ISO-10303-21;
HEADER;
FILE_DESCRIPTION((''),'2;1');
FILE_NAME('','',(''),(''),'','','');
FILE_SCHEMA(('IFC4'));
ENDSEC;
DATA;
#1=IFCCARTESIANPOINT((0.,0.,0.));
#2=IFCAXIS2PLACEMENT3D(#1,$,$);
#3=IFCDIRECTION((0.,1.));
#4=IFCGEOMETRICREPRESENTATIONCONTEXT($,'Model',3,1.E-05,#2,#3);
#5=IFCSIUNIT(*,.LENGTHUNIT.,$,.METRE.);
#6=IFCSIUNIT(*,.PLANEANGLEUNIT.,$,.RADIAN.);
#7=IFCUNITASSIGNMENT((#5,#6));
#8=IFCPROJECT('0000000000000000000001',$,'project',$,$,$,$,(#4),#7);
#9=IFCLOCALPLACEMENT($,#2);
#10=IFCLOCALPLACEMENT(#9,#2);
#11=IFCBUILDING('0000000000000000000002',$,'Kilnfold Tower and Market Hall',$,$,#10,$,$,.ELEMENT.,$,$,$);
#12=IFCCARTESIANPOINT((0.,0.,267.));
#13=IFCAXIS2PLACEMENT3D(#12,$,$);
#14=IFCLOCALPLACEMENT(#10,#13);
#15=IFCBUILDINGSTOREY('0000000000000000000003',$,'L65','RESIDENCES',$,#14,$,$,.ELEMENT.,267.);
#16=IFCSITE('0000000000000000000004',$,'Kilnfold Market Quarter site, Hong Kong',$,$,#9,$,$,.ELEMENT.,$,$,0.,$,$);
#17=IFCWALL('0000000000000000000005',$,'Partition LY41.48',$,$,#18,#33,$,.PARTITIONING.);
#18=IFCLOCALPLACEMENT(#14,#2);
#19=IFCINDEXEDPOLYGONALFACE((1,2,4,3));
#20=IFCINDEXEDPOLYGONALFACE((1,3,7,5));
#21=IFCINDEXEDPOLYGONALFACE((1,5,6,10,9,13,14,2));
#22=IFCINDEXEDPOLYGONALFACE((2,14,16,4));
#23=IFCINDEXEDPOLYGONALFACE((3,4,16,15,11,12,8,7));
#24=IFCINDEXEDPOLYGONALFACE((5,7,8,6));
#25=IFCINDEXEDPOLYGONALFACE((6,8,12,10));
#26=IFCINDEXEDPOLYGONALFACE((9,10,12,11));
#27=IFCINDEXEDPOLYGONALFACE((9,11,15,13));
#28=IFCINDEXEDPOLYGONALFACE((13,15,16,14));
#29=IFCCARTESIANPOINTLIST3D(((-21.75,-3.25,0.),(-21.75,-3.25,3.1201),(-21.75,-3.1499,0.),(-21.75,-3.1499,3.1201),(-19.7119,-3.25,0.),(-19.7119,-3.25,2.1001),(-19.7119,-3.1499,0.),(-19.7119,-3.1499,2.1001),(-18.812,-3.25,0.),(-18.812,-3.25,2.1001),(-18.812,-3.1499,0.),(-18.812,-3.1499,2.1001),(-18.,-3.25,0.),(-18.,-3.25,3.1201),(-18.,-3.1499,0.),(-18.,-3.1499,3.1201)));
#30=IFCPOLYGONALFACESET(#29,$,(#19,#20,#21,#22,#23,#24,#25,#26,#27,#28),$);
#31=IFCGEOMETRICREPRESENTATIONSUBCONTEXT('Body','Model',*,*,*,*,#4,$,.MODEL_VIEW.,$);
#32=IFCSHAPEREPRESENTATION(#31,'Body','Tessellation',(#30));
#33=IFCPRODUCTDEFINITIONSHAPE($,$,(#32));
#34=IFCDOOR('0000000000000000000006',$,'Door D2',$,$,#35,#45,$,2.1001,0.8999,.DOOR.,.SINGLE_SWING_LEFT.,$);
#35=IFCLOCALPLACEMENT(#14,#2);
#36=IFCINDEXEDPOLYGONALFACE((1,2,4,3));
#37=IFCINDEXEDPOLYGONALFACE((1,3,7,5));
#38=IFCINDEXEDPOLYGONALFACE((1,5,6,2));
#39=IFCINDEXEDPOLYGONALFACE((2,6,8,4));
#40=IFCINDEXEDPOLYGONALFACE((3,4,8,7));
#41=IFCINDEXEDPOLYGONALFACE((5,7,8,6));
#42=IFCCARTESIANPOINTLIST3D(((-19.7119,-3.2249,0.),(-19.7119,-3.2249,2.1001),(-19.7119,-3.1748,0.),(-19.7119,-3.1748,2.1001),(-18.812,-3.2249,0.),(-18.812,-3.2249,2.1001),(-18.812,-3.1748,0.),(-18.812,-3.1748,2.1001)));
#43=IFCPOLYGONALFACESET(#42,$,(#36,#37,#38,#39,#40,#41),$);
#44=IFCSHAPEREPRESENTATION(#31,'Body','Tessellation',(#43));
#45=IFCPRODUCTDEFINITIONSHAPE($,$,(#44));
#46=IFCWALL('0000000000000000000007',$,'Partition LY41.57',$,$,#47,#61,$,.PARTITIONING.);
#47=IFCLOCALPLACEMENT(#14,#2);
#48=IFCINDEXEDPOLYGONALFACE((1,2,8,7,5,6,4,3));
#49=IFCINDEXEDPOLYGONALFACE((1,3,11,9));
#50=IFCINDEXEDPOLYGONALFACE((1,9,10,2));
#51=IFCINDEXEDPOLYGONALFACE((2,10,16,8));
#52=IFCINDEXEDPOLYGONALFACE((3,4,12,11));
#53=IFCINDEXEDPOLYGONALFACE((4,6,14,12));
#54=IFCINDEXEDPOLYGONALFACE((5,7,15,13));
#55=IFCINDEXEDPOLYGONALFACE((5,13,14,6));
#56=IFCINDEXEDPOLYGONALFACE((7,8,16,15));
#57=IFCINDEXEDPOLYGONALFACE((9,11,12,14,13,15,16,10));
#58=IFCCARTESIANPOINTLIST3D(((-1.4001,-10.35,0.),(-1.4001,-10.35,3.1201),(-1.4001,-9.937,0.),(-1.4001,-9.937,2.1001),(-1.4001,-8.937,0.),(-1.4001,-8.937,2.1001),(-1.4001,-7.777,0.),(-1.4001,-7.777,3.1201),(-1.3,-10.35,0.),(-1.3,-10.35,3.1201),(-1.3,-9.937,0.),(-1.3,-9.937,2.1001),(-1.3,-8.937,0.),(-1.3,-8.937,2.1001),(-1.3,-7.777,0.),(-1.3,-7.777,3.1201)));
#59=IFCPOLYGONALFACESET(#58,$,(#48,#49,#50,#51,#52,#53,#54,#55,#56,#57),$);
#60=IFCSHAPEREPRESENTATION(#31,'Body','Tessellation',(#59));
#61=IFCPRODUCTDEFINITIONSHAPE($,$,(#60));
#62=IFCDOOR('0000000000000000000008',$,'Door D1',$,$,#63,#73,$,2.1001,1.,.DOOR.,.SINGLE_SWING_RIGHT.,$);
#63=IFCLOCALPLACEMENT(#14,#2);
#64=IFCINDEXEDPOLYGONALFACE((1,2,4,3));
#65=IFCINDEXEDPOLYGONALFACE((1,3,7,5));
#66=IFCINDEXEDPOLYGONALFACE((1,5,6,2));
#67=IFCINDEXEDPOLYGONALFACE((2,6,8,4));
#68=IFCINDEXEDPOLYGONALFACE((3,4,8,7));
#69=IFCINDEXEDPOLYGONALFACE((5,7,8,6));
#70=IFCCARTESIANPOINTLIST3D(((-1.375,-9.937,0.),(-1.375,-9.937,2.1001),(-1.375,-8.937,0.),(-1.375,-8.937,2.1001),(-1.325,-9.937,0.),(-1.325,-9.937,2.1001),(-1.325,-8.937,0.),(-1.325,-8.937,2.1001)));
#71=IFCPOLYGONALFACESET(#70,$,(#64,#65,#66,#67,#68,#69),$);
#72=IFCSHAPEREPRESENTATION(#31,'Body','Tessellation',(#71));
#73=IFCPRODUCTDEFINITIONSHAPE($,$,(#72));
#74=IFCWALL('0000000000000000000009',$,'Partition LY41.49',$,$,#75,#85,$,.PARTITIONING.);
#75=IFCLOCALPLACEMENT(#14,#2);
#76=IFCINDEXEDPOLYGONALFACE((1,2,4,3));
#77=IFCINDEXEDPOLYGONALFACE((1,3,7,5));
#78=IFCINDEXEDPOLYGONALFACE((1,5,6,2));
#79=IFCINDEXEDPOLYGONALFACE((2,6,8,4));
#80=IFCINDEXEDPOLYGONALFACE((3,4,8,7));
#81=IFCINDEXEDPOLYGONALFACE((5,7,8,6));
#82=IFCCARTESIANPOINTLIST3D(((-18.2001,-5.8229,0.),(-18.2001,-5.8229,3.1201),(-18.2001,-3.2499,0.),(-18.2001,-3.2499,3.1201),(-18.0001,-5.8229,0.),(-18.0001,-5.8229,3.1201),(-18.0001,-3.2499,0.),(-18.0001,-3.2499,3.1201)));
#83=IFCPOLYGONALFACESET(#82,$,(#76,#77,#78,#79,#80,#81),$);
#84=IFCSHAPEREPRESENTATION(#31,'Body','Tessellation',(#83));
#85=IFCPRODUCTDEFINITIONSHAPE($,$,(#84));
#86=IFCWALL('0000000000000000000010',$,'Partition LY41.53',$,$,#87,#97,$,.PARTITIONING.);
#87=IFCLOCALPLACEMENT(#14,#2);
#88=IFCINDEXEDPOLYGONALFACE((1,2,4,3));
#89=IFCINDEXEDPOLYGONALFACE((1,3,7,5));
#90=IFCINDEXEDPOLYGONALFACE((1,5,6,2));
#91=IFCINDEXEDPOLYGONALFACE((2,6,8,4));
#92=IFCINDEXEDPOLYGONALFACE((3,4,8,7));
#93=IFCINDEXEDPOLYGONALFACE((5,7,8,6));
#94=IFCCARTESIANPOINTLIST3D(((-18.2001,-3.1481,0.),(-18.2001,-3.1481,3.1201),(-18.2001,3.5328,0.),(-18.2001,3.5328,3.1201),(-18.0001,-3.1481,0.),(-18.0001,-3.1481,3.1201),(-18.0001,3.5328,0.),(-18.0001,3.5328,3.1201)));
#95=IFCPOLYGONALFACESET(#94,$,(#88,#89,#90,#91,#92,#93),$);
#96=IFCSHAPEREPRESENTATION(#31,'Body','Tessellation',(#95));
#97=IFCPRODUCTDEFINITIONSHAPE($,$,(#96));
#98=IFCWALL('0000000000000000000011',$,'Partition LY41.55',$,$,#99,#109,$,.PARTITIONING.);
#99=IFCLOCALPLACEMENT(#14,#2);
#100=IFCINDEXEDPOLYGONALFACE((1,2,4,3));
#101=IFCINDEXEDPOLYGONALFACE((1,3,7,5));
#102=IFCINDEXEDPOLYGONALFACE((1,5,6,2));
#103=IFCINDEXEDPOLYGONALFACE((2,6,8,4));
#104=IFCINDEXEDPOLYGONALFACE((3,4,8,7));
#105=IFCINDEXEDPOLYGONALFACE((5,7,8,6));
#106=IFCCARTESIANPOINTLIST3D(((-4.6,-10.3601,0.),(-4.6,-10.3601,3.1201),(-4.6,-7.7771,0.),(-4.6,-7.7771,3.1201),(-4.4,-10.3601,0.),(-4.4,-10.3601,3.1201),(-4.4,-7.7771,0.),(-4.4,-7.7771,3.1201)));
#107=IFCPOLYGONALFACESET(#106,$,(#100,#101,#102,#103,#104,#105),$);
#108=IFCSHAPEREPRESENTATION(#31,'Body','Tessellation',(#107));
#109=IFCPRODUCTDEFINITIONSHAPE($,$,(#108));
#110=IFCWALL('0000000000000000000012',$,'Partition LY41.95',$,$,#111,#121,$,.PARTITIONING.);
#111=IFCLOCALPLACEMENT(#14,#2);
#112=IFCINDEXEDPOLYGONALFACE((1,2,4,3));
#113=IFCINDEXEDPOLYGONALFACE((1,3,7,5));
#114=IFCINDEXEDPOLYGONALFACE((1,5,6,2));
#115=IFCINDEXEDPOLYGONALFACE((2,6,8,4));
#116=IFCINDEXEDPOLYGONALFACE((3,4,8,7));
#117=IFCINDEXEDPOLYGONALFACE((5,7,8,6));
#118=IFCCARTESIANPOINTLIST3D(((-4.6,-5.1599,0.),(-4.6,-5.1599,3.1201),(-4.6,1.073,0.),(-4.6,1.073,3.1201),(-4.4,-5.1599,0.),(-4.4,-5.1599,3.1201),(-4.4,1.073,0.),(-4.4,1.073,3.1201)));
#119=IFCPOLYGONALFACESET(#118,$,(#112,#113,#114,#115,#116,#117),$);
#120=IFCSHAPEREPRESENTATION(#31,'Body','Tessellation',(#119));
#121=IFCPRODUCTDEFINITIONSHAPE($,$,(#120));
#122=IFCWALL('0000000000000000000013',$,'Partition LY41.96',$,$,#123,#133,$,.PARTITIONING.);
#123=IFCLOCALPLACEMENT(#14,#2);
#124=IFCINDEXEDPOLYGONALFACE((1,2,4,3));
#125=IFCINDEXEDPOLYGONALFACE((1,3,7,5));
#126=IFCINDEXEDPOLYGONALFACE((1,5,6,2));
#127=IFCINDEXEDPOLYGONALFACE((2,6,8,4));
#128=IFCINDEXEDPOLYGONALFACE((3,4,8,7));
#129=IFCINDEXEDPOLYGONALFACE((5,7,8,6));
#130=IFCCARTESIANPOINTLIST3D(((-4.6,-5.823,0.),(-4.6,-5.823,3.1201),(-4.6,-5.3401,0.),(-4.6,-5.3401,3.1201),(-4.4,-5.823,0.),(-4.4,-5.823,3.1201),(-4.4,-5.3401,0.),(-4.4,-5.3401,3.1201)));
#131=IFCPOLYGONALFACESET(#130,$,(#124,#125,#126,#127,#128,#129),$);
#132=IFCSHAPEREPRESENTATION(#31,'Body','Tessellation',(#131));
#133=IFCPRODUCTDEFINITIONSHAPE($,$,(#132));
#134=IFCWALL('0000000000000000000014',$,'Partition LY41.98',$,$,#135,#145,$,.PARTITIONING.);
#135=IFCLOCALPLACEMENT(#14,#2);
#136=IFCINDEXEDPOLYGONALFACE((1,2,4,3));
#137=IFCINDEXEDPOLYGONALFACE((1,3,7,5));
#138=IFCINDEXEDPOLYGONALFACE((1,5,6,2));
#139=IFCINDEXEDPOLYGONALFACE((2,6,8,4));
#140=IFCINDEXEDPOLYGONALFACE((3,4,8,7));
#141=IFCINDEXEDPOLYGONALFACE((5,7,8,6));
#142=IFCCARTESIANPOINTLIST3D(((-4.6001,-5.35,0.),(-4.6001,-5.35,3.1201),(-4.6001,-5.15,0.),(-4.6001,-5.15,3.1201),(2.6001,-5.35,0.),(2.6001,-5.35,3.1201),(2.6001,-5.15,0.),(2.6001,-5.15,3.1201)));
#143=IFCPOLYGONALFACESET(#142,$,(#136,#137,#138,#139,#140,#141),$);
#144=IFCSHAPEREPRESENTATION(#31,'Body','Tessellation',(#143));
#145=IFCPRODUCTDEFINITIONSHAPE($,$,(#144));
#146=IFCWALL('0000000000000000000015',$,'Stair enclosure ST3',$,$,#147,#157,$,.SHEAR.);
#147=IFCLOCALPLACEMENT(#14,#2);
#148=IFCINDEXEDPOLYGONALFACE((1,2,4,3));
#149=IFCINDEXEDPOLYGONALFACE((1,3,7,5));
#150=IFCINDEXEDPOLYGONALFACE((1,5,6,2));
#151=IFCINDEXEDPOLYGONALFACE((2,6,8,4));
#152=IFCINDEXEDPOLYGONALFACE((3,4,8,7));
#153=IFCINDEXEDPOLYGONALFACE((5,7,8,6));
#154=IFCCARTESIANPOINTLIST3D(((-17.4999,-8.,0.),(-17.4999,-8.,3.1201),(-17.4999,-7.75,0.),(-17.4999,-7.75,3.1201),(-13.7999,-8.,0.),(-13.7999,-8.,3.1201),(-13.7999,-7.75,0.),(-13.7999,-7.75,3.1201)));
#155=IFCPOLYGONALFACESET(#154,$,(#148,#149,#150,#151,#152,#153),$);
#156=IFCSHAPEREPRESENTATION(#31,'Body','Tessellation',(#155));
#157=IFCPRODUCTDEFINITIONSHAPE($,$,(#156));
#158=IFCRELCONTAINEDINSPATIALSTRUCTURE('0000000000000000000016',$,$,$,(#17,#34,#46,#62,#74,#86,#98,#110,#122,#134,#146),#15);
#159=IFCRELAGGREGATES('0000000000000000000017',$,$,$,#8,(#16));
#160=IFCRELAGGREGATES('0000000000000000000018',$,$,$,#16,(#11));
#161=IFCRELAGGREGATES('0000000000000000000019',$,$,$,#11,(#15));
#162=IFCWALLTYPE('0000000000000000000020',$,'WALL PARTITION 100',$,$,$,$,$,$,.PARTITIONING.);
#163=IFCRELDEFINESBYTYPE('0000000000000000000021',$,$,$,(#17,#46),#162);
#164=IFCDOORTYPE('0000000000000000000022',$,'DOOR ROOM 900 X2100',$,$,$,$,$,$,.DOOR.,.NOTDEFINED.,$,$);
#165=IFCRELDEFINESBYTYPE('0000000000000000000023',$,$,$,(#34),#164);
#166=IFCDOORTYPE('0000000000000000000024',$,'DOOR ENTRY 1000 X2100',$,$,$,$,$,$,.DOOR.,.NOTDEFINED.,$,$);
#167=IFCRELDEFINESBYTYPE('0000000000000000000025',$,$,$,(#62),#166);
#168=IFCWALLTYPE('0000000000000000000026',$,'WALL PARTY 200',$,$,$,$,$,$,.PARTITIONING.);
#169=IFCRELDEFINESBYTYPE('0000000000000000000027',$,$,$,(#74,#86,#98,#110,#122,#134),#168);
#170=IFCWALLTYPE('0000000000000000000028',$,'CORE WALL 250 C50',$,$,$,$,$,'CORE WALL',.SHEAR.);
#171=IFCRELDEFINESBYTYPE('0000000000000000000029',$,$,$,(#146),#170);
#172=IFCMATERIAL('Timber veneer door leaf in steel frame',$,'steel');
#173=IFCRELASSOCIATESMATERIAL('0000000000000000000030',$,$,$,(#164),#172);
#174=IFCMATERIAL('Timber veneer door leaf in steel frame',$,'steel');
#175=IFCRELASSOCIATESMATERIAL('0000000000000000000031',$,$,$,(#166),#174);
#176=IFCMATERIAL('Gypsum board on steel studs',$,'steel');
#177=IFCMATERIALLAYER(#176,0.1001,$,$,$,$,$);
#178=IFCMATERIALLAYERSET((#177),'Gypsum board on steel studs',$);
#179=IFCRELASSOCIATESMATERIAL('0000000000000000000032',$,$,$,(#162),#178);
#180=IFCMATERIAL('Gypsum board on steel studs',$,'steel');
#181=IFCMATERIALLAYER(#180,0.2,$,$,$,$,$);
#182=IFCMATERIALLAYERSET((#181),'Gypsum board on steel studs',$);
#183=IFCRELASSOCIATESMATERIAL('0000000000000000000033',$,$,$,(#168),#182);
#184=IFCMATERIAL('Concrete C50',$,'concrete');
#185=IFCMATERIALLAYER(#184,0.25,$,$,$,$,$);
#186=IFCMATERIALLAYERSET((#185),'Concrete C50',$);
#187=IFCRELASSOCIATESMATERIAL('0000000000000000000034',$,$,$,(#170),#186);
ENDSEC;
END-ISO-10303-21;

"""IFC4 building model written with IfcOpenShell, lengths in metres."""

from ifc_helpers import new_model, si_unit, direction, frame, frame_2d, origin, place, context, subcontext, project, spatial, rectangle, extrude, source, transform, mapped, material, layer, layer_set, type_object, element, fill, save


model = new_model("IFC4")

# Units and contexts
model_context = context("Model", 3, precision=1e-05, world=origin(), true_north=direction((0.0, 1.0)))
body_context = subcontext(model_context, "Body", "Model", "MODEL_VIEW")
ifc_project = project(units=[si_unit("LENGTHUNIT", "METRE"), si_unit("PLANEANGLEUNIT", "RADIAN")], contexts=[model_context])

# Site, building, storey
site_placement = place(None, origin())
site = spatial("IfcSite", under=ifc_project, at=site_placement, Name="Kilnfold Market Quarter site, Hong Kong", CompositionType="ELEMENT", RefElevation=0.0)
building_placement = place(site_placement, origin())
building = spatial("IfcBuilding", under=site, at=building_placement, Name="Kilnfold Tower and Market Hall", CompositionType="ELEMENT")
storey_placement = place(building_placement, frame((0.0, 0.0, 267.0)))
storey = spatial("IfcBuildingStorey", under=building, at=storey_placement, Name="L65", Description="RESIDENCES", CompositionType="ELEMENT", Elevation=267.0)

# Shared definitions
ifc_material_1 = material(Name="Timber veneer door leaf in steel frame", Category="steel")
door_type_1 = type_object("IfcDoorType", Name="DOOR ROOM 900 X2100", OperationType="NOTDEFINED", PredefinedType="DOOR", material=ifc_material_1)

# Shared definitions
ifc_material_2 = material(Name="Timber veneer door leaf in steel frame", Category="steel")
door_type_2 = type_object("IfcDoorType", Name="DOOR ENTRY 1000 X2100", OperationType="NOTDEFINED", PredefinedType="DOOR", material=ifc_material_2)

# Walls, openings, doors
ifc_material_3 = material(Name="Gypsum board on steel studs", Category="steel")
ifc_layer_1 = layer(ifc_material_3, 0.1001)
ifc_layer_set_1 = layer_set([ifc_layer_1], Name="Gypsum board on steel studs")
wall_type_1 = type_object("IfcWallType", Name="WALL PARTITION 100", PredefinedType="PARTITIONING", material=ifc_layer_set_1)
wall_1_placement = place(storey_placement, frame((-18.0, -3.2, 0.0), z_axis=(0.0, 0.0, 1.0), x_axis=(-1.0, 0.0, 0.0)))
wall_1 = element("IfcWall", 1, at=wall_1_placement, inside=storey, type_object=wall_type_1, Name="Partition LY41.48", PredefinedType="PARTITIONING", context=body_context, shape_type="SweptSolid", body=[
    extrude(rectangle(XDim=3.75, YDim=0.1001, at=frame_2d((1.875, 0.0))), origin(), (0.0, 0.0, 1.0), 3.1201),
])
opening_1_placement = place(wall_1_placement, frame((0.812, 0.0, 0.0)))
opening_1 = element("IfcOpeningElement", 2, at=opening_1_placement, cuts=wall_1, PredefinedType="OPENING", context=body_context, shape_type="SweptSolid", body=[
    extrude(rectangle(XDim=0.8999, YDim=2.1001, at=frame_2d((0.45, 1.05))), frame((0.0, 0.0601, 0.0), z_axis=(0.0, -1.0, 0.0), x_axis=(1.0, 0.0, 0.0)), (0.0, 0.0, 1.0), 0.1201),
])
door_1_placement = place(opening_1_placement, origin())
door_1 = element("IfcDoor", 3, at=door_1_placement, inside=storey, type_object=door_type_1, Name="Door D2", OperationType="SINGLE_SWING_LEFT", OverallHeight=2.1001, OverallWidth=0.8999, PredefinedType="DOOR", context=body_context, shape_type="SweptSolid", body=[
    extrude(rectangle(XDim=0.8999, YDim=2.1001, at=frame_2d((0.45, 1.05))), frame((0.0, 0.0249, 0.0), z_axis=(0.0, -1.0, 0.0), x_axis=(1.0, 0.0, 0.0)), (0.0, 0.0, 1.0), 0.05),
])
fill(opening_1, door_1)
wall_2_placement = place(storey_placement, frame((-1.3501, -10.3501, 0.0), z_axis=(0.0, 0.0, 1.0), x_axis=(0.0, 1.0, 0.0)))
wall_2 = element("IfcWall", 4, at=wall_2_placement, inside=storey, type_object=wall_type_1, Name="Partition LY41.57", PredefinedType="PARTITIONING", context=body_context, shape_type="SweptSolid", body=[
    extrude(rectangle(XDim=2.573, YDim=0.1001, at=frame_2d((1.2866, 0.0))), origin(), (0.0, 0.0, 1.0), 3.1201),
])
opening_2_placement = place(wall_2_placement, frame((0.4131, 0.0, 0.0)))
opening_2 = element("IfcOpeningElement", 5, at=opening_2_placement, cuts=wall_2, PredefinedType="OPENING", context=body_context, shape_type="SweptSolid", body=[
    extrude(rectangle(XDim=1.0, YDim=2.1001, at=frame_2d((0.5, 1.05))), frame((0.0, 0.0601, 0.0), z_axis=(0.0, -1.0, 0.0), x_axis=(1.0, 0.0, 0.0)), (0.0, 0.0, 1.0), 0.1201),
])
door_2_placement = place(opening_2_placement, origin())
door_2 = element("IfcDoor", 6, at=door_2_placement, inside=storey, type_object=door_type_2, Name="Door D1", OperationType="SINGLE_SWING_RIGHT", OverallHeight=2.1001, OverallWidth=1.0, PredefinedType="DOOR", context=body_context, shape_type="SweptSolid", body=[
    extrude(rectangle(XDim=1.0, YDim=2.1001, at=frame_2d((0.5, 1.05))), frame((0.0, 0.0249, 0.0), z_axis=(0.0, -1.0, 0.0), x_axis=(1.0, 0.0, 0.0)), (0.0, 0.0, 1.0), 0.05),
])
fill(opening_2, door_2)

# Walls
ifc_material_4 = material(Name="Gypsum board on steel studs", Category="steel")
ifc_layer_2 = layer(ifc_material_4, 0.2)
ifc_layer_set_2 = layer_set([ifc_layer_2], Name="Gypsum board on steel studs")
wall_type_2 = type_object("IfcWallType", Name="WALL PARTY 200", PredefinedType="PARTITIONING", material=ifc_layer_set_2)
wall_3_placement = place(storey_placement, frame((-18.1001, -5.823, 0.0), z_axis=(0.0, 0.0, 1.0), x_axis=(0.0, 1.0, 0.0)))
element("IfcWall", 7, at=wall_3_placement, inside=storey, type_object=wall_type_2, Name="Partition LY41.49", PredefinedType="PARTITIONING", context=body_context, shape_type="SweptSolid", body=[
    extrude(rectangle(XDim=2.573, YDim=0.2, at=frame_2d((1.2866, 0.0))), origin(), (0.0, 0.0, 1.0), 3.1201),
])
wall_4_placement = place(storey_placement, frame((-18.1001, -3.1479, 0.0), z_axis=(0.0, 0.0, 1.0), x_axis=(0.0, 1.0, 0.0)))
element("IfcWall", 8, at=wall_4_placement, inside=storey, type_object=wall_type_2, Name="Partition LY41.53", PredefinedType="PARTITIONING", context=body_context, shape_type="SweptSolid", body=[
    extrude(rectangle(XDim=6.6809, YDim=0.2, at=frame_2d((3.3403, 0.0))), origin(), (0.0, 0.0, 1.0), 3.1201),
])
wall_5_placement = place(storey_placement, frame((-4.5, -10.3601, 0.0), z_axis=(0.0, 0.0, 1.0), x_axis=(0.0, 1.0, 0.0)))
element("IfcWall", 9, at=wall_5_placement, inside=storey, type_object=wall_type_2, Name="Partition LY41.55", PredefinedType="PARTITIONING", context=body_context, shape_type="SweptSolid", body=[
    extrude(rectangle(XDim=2.583, YDim=0.2, at=frame_2d((1.2915, 0.0))), origin(), (0.0, 0.0, 1.0), 3.1201),
])
wall_6_placement = place(storey_placement, frame((-4.5, -5.1599, 0.0), z_axis=(0.0, 0.0, 1.0), x_axis=(0.0, 1.0, 0.0)))
element("IfcWall", 10, at=wall_6_placement, inside=storey, type_object=wall_type_2, Name="Partition LY41.95", PredefinedType="PARTITIONING", context=body_context, shape_type="SweptSolid", body=[
    extrude(rectangle(XDim=6.2329, YDim=0.2, at=frame_2d((3.1165, 0.0))), origin(), (0.0, 0.0, 1.0), 3.1201),
])
wall_7_placement = place(storey_placement, frame((-4.5, -5.823, 0.0), z_axis=(0.0, 0.0, 1.0), x_axis=(0.0, 1.0, 0.0)))
element("IfcWall", 11, at=wall_7_placement, inside=storey, type_object=wall_type_2, Name="Partition LY41.96", PredefinedType="PARTITIONING", context=body_context, shape_type="SweptSolid", body=[
    extrude(rectangle(XDim=0.4829, YDim=0.2, at=frame_2d((0.2415, 0.0))), origin(), (0.0, 0.0, 1.0), 3.1201),
])
wall_8_placement = place(storey_placement, frame((-4.6001, -5.25, 0.0), z_axis=(0.0, 0.0, 1.0), x_axis=(1.0, 0.0, 0.0)))
element("IfcWall", 12, at=wall_8_placement, inside=storey, type_object=wall_type_2, Name="Partition LY41.98", PredefinedType="PARTITIONING", context=body_context, shape_type="SweptSolid", body=[
    extrude(rectangle(XDim=7.2002, YDim=0.2, at=frame_2d((3.6001, 0.0))), origin(), (0.0, 0.0, 1.0), 3.1201),
])
ifc_material_5 = material(Name="Concrete C50", Category="concrete")
ifc_layer_3 = layer(ifc_material_5, 0.25)
ifc_layer_set_3 = layer_set([ifc_layer_3], Name="Concrete C50")
wall_type_3 = type_object("IfcWallType", Name="CORE WALL 250 C50", ElementType="CORE WALL", PredefinedType="SHEAR", material=ifc_layer_set_3)
shared_shape_1 = source(origin(), body_context, "Body", "SweptSolid", [
    extrude(rectangle(XDim=3.7, YDim=0.25, at=frame_2d((1.8501, 0.0))), origin(), (0.0, 0.0, 1.0), 3.1201),
])
wall_9_placement = place(storey_placement, frame((-17.5, -7.875, 0.0), z_axis=(0.0, 0.0, 1.0), x_axis=(1.0, 0.0, 0.0)))
element("IfcWall", 13, at=wall_9_placement, inside=storey, type_object=wall_type_3, Name="Stair enclosure ST3", PredefinedType="SHEAR", context=body_context, shape_type="MappedRepresentation", body=[
    mapped(shared_shape_1, transform((0.0, 0.0, 0.0))),
])

save(model, "model.ifc")
